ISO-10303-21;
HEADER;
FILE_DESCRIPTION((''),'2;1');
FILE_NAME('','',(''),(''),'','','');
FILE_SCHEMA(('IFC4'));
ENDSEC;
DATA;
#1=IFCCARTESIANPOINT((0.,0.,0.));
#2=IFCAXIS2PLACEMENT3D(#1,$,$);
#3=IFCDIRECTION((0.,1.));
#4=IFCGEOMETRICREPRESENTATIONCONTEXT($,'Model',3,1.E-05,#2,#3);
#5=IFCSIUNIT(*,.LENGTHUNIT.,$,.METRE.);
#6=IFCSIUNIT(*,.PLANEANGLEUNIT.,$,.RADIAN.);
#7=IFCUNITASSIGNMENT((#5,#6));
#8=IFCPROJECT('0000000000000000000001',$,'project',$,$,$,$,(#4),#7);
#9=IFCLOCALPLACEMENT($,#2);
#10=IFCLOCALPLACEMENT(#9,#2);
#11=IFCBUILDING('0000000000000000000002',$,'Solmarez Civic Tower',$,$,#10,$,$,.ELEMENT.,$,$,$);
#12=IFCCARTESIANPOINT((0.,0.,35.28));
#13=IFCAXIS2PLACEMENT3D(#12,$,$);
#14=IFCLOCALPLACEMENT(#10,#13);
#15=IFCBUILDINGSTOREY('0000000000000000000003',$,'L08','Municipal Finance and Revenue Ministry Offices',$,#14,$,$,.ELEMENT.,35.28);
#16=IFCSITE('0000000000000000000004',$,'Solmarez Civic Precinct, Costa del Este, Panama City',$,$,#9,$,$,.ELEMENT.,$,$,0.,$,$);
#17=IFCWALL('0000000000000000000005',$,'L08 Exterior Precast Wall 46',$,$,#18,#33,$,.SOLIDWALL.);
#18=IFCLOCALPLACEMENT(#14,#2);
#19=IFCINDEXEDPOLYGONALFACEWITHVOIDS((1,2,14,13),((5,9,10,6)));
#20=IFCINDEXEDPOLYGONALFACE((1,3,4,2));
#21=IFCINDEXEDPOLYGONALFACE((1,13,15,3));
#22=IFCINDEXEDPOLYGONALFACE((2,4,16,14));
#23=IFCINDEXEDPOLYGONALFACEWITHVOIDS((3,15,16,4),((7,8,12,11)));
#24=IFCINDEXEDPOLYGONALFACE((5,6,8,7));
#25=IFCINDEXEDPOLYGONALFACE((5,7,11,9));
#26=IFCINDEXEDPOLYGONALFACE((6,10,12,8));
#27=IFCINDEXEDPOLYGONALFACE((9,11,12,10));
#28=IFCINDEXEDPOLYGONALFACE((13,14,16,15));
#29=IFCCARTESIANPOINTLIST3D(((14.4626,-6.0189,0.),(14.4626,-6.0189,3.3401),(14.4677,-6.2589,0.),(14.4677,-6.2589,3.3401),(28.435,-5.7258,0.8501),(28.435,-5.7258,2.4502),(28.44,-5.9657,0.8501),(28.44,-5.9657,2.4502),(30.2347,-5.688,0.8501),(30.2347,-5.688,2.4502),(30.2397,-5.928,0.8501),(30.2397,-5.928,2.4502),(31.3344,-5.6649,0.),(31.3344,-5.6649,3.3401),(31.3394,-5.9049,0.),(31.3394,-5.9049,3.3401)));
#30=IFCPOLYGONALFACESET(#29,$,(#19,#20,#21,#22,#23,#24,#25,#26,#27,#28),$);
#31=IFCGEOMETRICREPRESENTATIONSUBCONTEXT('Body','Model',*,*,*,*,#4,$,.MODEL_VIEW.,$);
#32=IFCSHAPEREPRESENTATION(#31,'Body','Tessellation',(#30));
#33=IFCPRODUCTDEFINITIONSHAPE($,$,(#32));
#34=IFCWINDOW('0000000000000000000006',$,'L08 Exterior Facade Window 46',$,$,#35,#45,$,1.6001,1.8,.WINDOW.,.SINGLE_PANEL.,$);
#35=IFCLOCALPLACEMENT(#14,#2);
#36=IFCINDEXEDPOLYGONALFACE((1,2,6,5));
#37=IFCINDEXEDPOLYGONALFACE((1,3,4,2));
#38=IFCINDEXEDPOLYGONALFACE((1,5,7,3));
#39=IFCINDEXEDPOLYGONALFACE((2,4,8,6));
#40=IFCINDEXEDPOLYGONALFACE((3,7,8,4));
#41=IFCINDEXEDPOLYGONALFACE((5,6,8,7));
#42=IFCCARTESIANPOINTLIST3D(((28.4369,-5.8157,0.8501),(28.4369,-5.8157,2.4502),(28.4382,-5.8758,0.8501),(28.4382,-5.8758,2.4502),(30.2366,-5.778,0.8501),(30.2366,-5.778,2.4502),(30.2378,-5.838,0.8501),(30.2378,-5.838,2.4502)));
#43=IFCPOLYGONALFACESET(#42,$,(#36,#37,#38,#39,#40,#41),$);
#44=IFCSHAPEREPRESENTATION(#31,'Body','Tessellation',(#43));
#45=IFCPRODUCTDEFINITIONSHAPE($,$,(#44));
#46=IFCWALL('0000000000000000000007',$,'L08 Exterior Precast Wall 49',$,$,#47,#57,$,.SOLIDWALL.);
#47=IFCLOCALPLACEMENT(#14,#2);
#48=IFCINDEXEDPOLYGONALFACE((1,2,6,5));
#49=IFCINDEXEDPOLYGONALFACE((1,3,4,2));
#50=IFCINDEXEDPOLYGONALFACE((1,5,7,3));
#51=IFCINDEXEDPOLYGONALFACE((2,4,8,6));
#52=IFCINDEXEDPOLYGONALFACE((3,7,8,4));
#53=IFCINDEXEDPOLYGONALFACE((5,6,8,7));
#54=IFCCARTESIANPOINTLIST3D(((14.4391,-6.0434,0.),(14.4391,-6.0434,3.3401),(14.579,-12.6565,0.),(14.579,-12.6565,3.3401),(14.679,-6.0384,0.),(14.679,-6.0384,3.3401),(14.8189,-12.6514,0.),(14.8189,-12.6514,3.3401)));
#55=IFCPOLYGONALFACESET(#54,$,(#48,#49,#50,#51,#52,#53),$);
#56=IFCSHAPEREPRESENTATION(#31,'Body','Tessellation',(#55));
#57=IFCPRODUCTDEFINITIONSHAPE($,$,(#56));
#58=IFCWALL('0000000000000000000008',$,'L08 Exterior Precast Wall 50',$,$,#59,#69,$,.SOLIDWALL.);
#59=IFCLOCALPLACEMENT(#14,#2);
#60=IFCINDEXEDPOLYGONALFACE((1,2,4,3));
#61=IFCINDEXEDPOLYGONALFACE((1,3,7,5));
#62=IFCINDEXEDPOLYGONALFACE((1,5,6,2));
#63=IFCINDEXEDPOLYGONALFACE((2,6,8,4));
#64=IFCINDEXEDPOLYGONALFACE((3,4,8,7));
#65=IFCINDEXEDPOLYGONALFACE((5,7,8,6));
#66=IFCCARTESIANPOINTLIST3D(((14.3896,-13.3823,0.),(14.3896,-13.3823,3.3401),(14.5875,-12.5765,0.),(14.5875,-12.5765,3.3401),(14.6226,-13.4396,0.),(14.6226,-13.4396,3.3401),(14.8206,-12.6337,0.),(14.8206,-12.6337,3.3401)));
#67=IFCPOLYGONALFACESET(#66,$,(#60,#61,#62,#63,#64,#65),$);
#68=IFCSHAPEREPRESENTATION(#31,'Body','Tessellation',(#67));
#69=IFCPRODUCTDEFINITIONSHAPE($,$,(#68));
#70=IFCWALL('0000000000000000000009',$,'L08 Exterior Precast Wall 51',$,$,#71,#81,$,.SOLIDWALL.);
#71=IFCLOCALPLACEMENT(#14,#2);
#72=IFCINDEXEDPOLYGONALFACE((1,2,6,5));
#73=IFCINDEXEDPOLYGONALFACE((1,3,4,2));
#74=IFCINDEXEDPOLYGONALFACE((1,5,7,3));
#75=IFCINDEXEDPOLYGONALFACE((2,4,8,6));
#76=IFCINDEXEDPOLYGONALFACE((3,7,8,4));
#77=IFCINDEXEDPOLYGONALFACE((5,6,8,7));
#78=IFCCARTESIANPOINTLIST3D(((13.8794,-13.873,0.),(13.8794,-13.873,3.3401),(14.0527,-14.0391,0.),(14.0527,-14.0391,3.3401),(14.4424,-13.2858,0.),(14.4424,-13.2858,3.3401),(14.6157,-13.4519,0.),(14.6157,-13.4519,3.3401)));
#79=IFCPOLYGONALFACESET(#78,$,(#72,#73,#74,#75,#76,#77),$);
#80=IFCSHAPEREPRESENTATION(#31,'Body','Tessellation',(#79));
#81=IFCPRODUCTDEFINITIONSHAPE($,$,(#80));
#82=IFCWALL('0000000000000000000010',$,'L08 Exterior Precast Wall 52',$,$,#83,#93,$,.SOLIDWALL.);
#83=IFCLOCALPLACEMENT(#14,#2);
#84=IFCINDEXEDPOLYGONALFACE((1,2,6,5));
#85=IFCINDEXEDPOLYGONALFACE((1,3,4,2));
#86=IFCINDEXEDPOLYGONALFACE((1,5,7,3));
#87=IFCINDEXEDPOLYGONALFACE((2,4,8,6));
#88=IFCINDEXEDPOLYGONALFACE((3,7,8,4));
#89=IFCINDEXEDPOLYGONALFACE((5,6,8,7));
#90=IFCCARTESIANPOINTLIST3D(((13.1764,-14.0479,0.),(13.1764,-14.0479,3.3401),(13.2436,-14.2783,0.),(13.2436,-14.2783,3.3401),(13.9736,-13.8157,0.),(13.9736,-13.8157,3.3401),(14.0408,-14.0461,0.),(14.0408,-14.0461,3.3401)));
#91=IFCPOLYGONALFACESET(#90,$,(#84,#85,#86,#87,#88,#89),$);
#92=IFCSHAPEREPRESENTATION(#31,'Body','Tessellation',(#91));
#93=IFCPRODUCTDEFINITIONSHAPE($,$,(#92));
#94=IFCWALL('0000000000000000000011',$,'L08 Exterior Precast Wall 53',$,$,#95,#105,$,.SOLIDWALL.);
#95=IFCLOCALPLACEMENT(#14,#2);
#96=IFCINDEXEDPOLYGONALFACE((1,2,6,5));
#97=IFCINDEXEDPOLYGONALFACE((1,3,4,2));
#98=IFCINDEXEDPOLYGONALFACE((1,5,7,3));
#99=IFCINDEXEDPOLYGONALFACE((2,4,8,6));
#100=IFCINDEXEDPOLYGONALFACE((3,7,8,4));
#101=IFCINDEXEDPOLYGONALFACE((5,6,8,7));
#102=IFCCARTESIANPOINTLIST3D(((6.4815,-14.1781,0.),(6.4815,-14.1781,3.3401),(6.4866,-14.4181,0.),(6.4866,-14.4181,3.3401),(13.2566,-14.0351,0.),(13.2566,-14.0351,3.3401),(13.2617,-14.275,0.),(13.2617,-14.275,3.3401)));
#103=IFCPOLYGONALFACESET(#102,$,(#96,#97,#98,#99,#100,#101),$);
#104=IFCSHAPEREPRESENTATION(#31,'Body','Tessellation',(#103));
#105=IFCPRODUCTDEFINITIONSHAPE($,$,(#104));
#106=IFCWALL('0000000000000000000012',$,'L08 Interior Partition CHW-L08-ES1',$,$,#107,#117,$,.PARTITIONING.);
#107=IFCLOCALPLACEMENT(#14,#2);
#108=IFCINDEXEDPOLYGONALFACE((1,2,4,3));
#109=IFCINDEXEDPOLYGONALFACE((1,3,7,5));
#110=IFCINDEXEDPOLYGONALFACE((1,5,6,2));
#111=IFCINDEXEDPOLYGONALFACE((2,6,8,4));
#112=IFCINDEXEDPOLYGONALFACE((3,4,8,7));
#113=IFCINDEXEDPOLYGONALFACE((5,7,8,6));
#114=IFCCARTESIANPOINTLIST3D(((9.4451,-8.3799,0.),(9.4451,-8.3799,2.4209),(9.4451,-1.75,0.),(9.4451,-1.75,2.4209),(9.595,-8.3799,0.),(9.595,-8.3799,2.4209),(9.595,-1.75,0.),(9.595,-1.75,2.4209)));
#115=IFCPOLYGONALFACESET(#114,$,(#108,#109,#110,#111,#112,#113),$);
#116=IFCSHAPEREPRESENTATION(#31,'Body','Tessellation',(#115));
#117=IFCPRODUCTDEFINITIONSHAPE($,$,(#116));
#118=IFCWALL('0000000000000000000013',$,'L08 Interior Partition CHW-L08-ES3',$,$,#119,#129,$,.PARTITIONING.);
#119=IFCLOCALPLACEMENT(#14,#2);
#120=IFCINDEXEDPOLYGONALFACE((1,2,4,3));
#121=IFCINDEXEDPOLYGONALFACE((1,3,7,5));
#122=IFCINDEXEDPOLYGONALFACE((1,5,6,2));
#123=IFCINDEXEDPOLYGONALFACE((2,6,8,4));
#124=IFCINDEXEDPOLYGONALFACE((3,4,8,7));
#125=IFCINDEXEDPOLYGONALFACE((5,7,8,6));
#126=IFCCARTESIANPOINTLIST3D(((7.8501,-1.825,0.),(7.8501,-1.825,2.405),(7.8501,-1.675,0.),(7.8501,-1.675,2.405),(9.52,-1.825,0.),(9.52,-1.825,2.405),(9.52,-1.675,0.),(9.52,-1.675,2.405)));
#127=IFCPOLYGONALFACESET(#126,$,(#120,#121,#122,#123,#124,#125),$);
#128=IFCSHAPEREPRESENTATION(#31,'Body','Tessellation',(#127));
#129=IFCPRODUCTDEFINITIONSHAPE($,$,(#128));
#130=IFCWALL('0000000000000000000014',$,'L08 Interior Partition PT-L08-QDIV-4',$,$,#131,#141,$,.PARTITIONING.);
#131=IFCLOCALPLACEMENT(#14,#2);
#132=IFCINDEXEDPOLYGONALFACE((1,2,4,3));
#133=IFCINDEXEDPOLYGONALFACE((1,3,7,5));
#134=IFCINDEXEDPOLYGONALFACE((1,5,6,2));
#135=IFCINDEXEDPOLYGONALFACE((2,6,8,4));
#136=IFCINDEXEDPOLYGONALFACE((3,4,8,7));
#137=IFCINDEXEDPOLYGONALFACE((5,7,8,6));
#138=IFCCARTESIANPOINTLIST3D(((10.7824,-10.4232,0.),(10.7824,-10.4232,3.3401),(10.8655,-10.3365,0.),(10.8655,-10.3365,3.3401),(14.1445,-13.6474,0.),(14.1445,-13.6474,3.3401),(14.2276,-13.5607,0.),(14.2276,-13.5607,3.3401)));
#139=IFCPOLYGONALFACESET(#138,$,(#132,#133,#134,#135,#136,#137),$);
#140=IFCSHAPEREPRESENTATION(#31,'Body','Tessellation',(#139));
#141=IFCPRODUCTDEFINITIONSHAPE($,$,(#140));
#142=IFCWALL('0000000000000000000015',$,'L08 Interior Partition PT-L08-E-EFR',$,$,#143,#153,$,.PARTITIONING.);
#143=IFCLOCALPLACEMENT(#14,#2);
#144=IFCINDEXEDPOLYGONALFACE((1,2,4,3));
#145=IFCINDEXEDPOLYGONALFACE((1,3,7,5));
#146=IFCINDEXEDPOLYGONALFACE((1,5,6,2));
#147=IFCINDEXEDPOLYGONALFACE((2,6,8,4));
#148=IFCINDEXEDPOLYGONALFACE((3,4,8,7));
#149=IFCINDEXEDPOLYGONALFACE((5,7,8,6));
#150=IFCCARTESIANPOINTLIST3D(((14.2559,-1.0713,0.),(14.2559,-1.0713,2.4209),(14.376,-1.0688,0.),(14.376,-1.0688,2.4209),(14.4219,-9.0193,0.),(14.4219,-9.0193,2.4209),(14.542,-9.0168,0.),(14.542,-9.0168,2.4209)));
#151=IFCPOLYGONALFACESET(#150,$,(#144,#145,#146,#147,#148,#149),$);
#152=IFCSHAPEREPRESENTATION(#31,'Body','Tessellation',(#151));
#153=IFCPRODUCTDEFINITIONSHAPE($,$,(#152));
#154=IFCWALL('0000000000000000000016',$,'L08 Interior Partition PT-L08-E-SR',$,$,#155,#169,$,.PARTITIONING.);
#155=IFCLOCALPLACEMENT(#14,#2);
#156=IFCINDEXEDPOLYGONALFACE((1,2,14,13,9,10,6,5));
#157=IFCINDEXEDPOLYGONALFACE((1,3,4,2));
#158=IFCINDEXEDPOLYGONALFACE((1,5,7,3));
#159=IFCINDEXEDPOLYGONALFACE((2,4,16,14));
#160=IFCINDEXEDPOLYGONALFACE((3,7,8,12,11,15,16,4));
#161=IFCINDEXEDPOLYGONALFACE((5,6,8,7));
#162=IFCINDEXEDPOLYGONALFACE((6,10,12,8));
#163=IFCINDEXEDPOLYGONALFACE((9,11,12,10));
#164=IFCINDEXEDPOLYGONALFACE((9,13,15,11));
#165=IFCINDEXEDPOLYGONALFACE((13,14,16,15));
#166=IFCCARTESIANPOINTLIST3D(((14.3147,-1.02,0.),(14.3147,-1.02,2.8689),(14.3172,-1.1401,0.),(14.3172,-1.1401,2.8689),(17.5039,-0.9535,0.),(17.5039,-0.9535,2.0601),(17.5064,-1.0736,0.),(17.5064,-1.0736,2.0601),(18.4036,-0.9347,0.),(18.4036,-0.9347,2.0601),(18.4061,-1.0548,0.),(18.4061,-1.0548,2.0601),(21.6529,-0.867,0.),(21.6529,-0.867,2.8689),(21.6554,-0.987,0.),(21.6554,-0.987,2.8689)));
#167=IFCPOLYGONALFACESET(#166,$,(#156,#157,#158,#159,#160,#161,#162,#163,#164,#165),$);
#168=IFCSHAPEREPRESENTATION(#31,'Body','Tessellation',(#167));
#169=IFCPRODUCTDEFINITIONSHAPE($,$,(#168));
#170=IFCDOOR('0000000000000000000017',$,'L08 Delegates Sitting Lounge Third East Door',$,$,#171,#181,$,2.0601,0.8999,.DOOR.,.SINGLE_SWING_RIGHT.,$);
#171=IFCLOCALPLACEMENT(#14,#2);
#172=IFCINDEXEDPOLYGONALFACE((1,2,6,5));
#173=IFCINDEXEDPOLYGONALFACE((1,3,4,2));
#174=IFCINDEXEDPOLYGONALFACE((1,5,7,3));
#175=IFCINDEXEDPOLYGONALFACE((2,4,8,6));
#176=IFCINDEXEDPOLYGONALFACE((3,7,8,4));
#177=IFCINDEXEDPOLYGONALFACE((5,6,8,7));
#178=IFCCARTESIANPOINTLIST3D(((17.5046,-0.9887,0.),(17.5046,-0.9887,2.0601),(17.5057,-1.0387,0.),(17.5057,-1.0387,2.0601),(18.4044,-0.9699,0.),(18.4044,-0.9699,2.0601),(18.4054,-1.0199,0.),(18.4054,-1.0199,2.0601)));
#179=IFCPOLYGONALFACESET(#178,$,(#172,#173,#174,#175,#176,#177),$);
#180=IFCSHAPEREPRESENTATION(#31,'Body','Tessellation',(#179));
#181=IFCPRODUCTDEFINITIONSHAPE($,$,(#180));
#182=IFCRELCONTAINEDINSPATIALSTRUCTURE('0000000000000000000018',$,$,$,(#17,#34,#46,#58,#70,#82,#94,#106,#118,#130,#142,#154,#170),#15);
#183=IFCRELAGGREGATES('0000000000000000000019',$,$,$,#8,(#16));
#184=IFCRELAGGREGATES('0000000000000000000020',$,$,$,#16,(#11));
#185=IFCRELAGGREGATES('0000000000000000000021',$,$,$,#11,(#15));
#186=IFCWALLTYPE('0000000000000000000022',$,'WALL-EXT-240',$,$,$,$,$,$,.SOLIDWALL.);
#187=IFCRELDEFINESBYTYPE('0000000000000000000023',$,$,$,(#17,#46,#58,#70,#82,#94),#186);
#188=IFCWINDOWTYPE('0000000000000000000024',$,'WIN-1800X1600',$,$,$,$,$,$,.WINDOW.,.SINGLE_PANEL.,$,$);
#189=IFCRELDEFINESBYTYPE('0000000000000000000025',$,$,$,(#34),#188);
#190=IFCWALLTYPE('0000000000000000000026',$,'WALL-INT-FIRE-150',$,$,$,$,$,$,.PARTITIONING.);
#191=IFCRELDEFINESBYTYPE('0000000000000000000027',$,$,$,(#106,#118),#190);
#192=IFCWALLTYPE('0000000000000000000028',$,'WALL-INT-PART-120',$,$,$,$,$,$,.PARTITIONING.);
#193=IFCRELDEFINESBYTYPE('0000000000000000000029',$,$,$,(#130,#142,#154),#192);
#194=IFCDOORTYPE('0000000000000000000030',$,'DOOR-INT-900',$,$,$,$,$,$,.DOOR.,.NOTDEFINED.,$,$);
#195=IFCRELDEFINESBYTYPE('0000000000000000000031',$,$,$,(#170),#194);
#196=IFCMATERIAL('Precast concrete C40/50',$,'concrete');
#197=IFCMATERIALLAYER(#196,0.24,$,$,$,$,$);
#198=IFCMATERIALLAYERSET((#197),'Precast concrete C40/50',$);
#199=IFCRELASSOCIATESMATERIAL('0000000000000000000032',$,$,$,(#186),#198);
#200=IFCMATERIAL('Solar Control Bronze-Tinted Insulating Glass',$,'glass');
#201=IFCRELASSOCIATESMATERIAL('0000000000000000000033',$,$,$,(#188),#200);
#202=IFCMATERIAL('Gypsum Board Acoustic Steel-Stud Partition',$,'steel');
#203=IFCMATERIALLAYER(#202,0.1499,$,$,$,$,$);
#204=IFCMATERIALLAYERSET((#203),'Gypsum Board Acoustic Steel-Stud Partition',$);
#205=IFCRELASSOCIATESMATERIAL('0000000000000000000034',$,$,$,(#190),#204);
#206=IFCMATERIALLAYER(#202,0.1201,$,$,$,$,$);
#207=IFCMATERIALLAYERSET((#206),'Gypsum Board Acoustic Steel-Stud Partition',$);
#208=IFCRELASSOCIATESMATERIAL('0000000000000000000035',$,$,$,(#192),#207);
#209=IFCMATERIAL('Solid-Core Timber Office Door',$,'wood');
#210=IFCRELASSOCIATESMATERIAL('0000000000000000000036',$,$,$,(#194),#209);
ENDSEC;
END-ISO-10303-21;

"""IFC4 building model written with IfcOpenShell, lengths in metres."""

from ifc_helpers import new_model, si_unit, direction, frame, frame_2d, origin, place, context, subcontext, project, spatial, rectangle, extrude, material, layer, layer_set, type_object, element, fill, save


model = new_model("IFC4")

# Units and contexts
model_context = context("Model", 3, precision=1e-05, world=origin(), true_north=direction((0.0, 1.0)))
body_context = subcontext(model_context, "Body", "Model", "MODEL_VIEW")
ifc_project = project(units=[si_unit("LENGTHUNIT", "METRE"), si_unit("PLANEANGLEUNIT", "RADIAN")], contexts=[model_context])

# Site, building, storey
site_placement = place(None, origin())
site = spatial("IfcSite", under=ifc_project, at=site_placement, Name="Solmarez Civic Precinct, Costa del Este, Panama City", CompositionType="ELEMENT", RefElevation=0.0)
building_placement = place(site_placement, origin())
building = spatial("IfcBuilding", under=site, at=building_placement, Name="Solmarez Civic Tower", CompositionType="ELEMENT")
storey_placement = place(building_placement, frame((0.0, 0.0, 35.28)))
storey = spatial("IfcBuildingStorey", under=building, at=storey_placement, Name="L08", Description="Municipal Finance and Revenue Ministry Offices", CompositionType="ELEMENT", Elevation=35.28)

# Shared definitions
ifc_material_1 = material(Name="Precast concrete C40/50", Category="concrete")
ifc_layer_1 = layer(ifc_material_1, 0.24)
ifc_layer_set_1 = layer_set([ifc_layer_1], Name="Precast concrete C40/50")
wall_type_1 = type_object("IfcWallType", Name="WALL-EXT-240", PredefinedType="SOLIDWALL", material=ifc_layer_set_1)

# Wall, opening, window
wall_1_placement = place(storey_placement, frame((31.3369, -5.7849, 0.0), z_axis=(0.0, 0.0, 1.0), x_axis=(-0.99978, -0.020977, 0.0)))
wall_1 = element("IfcWall", 1, at=wall_1_placement, inside=storey, type_object=wall_type_1, Name="L08 Exterior Precast Wall 46", PredefinedType="SOLIDWALL", context=body_context, shape_type="SweptSolid", body=[
    extrude(rectangle(XDim=16.8755, YDim=0.24, at=frame_2d((8.4377, 0.0))), origin(), (0.0, 0.0, 1.0), 3.3401),
])
opening_1_placement = place(wall_1_placement, frame((1.1001, 0.0, 0.8501)))
opening_1 = element("IfcOpeningElement", 2, at=opening_1_placement, cuts=wall_1, PredefinedType="OPENING", context=body_context, shape_type="SweptSolid", body=[
    extrude(rectangle(XDim=1.8, YDim=1.6001, at=frame_2d((0.8999, 0.8))), frame((0.0, 0.1299, 0.0), z_axis=(0.0, -1.0, 0.0), x_axis=(1.0, 0.0, 0.0)), (0.0, 0.0, 1.0), 0.26),
])
ifc_material_2 = material(Name="Solar Control Bronze-Tinted Insulating Glass", Category="glass")
window_type = type_object("IfcWindowType", Name="WIN-1800X1600", PartitioningType="SINGLE_PANEL", PredefinedType="WINDOW", material=ifc_material_2)
window_placement = place(opening_1_placement, origin())
window = element("IfcWindow", 3, at=window_placement, inside=storey, type_object=window_type, Name="L08 Exterior Facade Window 46", OverallHeight=1.6001, OverallWidth=1.8, PartitioningType="SINGLE_PANEL", PredefinedType="WINDOW", context=body_context, shape_type="SweptSolid", body=[
    extrude(rectangle(XDim=1.8, YDim=1.6001, at=frame_2d((0.8999, 0.8))), frame((0.0, 0.03, 0.0), z_axis=(0.0, -1.0, 0.0), x_axis=(1.0, 0.0, 0.0)), (0.0, 0.0, 1.0), 0.0601),
])
fill(opening_1, window)

# Walls
wall_2_placement = place(storey_placement, frame((14.5591, -6.041, 0.0), z_axis=(0.0, 0.0, 1.0), x_axis=(0.021149, -0.999776, 0.0)))
element("IfcWall", 4, at=wall_2_placement, inside=storey, type_object=wall_type_1, Name="L08 Exterior Precast Wall 49", PredefinedType="SOLIDWALL", context=body_context, shape_type="SweptSolid", body=[
    extrude(rectangle(XDim=6.6145, YDim=0.24, at=frame_2d((3.3071, 0.0))), origin(), (0.0, 0.0, 1.0), 3.3401),
])
wall_3_placement = place(storey_placement, frame((14.7041, -12.605, 0.0), z_axis=(0.0, 0.0, 1.0), x_axis=(-0.238588, -0.971121, 0.0)))
element("IfcWall", 5, at=wall_3_placement, inside=storey, type_object=wall_type_1, Name="L08 Exterior Precast Wall 50", PredefinedType="SOLIDWALL", context=body_context, shape_type="SweptSolid", body=[
    extrude(rectangle(XDim=0.8298, YDim=0.24, at=frame_2d((0.415, 0.0))), origin(), (0.0, 0.0, 1.0), 3.3401),
])
wall_4_placement = place(storey_placement, frame((14.5291, -13.3689, 0.0), z_axis=(0.0, 0.0, 1.0), x_axis=(-0.692094, -0.721807, 0.0)))
element("IfcWall", 6, at=wall_4_placement, inside=storey, type_object=wall_type_1, Name="L08 Exterior Precast Wall 51", PredefinedType="SOLIDWALL", context=body_context, shape_type="SweptSolid", body=[
    extrude(rectangle(XDim=0.8135, YDim=0.24, at=frame_2d((0.4067, 0.0))), origin(), (0.0, 0.0, 1.0), 3.3401),
])
wall_5_placement = place(storey_placement, frame((14.0071, -13.9309, 0.0), z_axis=(0.0, 0.0, 1.0), x_axis=(-0.960102, -0.27965, 0.0)))
element("IfcWall", 7, at=wall_5_placement, inside=storey, type_object=wall_type_1, Name="L08 Exterior Precast Wall 52", PredefinedType="SOLIDWALL", context=body_context, shape_type="SweptSolid", body=[
    extrude(rectangle(XDim=0.8303, YDim=0.24, at=frame_2d((0.415, 0.0))), origin(), (0.0, 0.0, 1.0), 3.3401),
])
wall_6_placement = place(storey_placement, frame((13.259, -14.155, 0.0), z_axis=(0.0, 0.0, 1.0), x_axis=(-0.999777, -0.021112, 0.0)))
element("IfcWall", 8, at=wall_6_placement, inside=storey, type_object=wall_type_1, Name="L08 Exterior Precast Wall 53", PredefinedType="SOLIDWALL", context=body_context, shape_type="SweptSolid", body=[
    extrude(rectangle(XDim=6.7766, YDim=0.24, at=frame_2d((3.3882, 0.0))), origin(), (0.0, 0.0, 1.0), 3.3401),
])
ifc_material_3 = material(Name="Gypsum Board Acoustic Steel-Stud Partition", Category="steel")
ifc_layer_2 = layer(ifc_material_3, 0.1499)
ifc_layer_set_2 = layer_set([ifc_layer_2], Name="Gypsum Board Acoustic Steel-Stud Partition")
wall_type_2 = type_object("IfcWallType", Name="WALL-INT-FIRE-150", PredefinedType="PARTITIONING", material=ifc_layer_set_2)
wall_7_placement = place(storey_placement, frame((9.52, -8.3799, 0.0), z_axis=(0.0, 0.0, 1.0), x_axis=(0.0, 1.0, 0.0)))
element("IfcWall", 9, at=wall_7_placement, inside=storey, type_object=wall_type_2, Name="L08 Interior Partition CHW-L08-ES1", PredefinedType="PARTITIONING", context=body_context, shape_type="SweptSolid", body=[
    extrude(rectangle(XDim=6.6299, YDim=0.1499, at=frame_2d((3.3149, 0.0))), origin(), (0.0, 0.0, 1.0), 2.4209),
])
wall_8_placement = place(storey_placement, frame((7.8501, -1.75, 0.0), z_axis=(0.0, 0.0, 1.0), x_axis=(1.0, 0.0, 0.0)))
element("IfcWall", 10, at=wall_8_placement, inside=storey, type_object=wall_type_2, Name="L08 Interior Partition CHW-L08-ES3", PredefinedType="PARTITIONING", context=body_context, shape_type="SweptSolid", body=[
    extrude(rectangle(XDim=1.6699, YDim=0.1499, at=frame_2d((0.835, 0.0))), origin(), (0.0, 0.0, 1.0), 2.405),
])
ifc_layer_3 = layer(ifc_material_3, 0.1201)
ifc_layer_set_3 = layer_set([ifc_layer_3], Name="Gypsum Board Acoustic Steel-Stud Partition")
wall_type_3 = type_object("IfcWallType", Name="WALL-INT-PART-120", PredefinedType="PARTITIONING", material=ifc_layer_set_3)
wall_9_placement = place(storey_placement, frame((10.824, -10.3799, 0.0), z_axis=(0.0, 0.0, 1.0), x_axis=(0.721758, -0.692146, 0.0)))
element("IfcWall", 11, at=wall_9_placement, inside=storey, type_object=wall_type_3, Name="L08 Interior Partition PT-L08-QDIV-4", PredefinedType="PARTITIONING", context=body_context, shape_type="SweptSolid", body=[
    extrude(rectangle(XDim=4.6582, YDim=0.1201, at=frame_2d((2.3291, 0.0))), origin(), (0.0, 0.0, 1.0), 3.3401),
])
wall_10_placement = place(storey_placement, frame((14.4819, -9.0181, 0.0), z_axis=(0.0, 0.0, 1.0), x_axis=(-0.020883, 0.999782, 0.0)))
element("IfcWall", 12, at=wall_10_placement, inside=storey, type_object=wall_type_3, Name="L08 Interior Partition PT-L08-E-EFR", PredefinedType="PARTITIONING", context=body_context, shape_type="SweptSolid", body=[
    extrude(rectangle(XDim=7.9497, YDim=0.1201, at=frame_2d((3.9749, 0.0))), origin(), (0.0, 0.0, 1.0), 2.4209),
])

# Wall, opening, door
wall_11_placement = place(storey_placement, frame((14.3159, -1.0801, 0.0), z_axis=(0.0, 0.0, 1.0), x_axis=(0.999782, 0.020856, 0.0)))
wall_11 = element("IfcWall", 13, at=wall_11_placement, inside=storey, type_object=wall_type_3, Name="L08 Interior Partition PT-L08-E-SR", PredefinedType="PARTITIONING", context=body_context, shape_type="SweptSolid", body=[
    extrude(rectangle(XDim=7.3398, YDim=0.1201, at=frame_2d((3.6699, 0.0))), origin(), (0.0, 0.0, 1.0), 2.8689),
])
opening_2_placement = place(wall_11_placement, frame((3.1899, 0.0, 0.0)))
opening_2 = element("IfcOpeningElement", 14, at=opening_2_placement, cuts=wall_11, PredefinedType="OPENING", context=body_context, shape_type="SweptSolid", body=[
    extrude(rectangle(XDim=0.8999, YDim=2.0601, at=frame_2d((0.45, 1.03))), frame((0.0, 0.0701, 0.0), z_axis=(0.0, -1.0, 0.0), x_axis=(1.0, 0.0, 0.0)), (0.0, 0.0, 1.0), 0.1401),
])
ifc_material_4 = material(Name="Solid-Core Timber Office Door", Category="wood")
door_type = type_object("IfcDoorType", Name="DOOR-INT-900", OperationType="NOTDEFINED", PredefinedType="DOOR", material=ifc_material_4)
door_placement = place(opening_2_placement, origin())
door = element("IfcDoor", 15, at=door_placement, inside=storey, type_object=door_type, Name="L08 Delegates Sitting Lounge Third East Door", OperationType="SINGLE_SWING_RIGHT", OverallHeight=2.0601, OverallWidth=0.8999, PredefinedType="DOOR", context=body_context, shape_type="SweptSolid", body=[
    extrude(rectangle(XDim=0.8999, YDim=2.0601, at=frame_2d((0.45, 1.03))), frame((0.0, 0.0249, 0.0), z_axis=(0.0, -1.0, 0.0), x_axis=(1.0, 0.0, 0.0)), (0.0, 0.0, 1.0), 0.05),
])
fill(opening_2, door)

save(model, "model.ifc")
